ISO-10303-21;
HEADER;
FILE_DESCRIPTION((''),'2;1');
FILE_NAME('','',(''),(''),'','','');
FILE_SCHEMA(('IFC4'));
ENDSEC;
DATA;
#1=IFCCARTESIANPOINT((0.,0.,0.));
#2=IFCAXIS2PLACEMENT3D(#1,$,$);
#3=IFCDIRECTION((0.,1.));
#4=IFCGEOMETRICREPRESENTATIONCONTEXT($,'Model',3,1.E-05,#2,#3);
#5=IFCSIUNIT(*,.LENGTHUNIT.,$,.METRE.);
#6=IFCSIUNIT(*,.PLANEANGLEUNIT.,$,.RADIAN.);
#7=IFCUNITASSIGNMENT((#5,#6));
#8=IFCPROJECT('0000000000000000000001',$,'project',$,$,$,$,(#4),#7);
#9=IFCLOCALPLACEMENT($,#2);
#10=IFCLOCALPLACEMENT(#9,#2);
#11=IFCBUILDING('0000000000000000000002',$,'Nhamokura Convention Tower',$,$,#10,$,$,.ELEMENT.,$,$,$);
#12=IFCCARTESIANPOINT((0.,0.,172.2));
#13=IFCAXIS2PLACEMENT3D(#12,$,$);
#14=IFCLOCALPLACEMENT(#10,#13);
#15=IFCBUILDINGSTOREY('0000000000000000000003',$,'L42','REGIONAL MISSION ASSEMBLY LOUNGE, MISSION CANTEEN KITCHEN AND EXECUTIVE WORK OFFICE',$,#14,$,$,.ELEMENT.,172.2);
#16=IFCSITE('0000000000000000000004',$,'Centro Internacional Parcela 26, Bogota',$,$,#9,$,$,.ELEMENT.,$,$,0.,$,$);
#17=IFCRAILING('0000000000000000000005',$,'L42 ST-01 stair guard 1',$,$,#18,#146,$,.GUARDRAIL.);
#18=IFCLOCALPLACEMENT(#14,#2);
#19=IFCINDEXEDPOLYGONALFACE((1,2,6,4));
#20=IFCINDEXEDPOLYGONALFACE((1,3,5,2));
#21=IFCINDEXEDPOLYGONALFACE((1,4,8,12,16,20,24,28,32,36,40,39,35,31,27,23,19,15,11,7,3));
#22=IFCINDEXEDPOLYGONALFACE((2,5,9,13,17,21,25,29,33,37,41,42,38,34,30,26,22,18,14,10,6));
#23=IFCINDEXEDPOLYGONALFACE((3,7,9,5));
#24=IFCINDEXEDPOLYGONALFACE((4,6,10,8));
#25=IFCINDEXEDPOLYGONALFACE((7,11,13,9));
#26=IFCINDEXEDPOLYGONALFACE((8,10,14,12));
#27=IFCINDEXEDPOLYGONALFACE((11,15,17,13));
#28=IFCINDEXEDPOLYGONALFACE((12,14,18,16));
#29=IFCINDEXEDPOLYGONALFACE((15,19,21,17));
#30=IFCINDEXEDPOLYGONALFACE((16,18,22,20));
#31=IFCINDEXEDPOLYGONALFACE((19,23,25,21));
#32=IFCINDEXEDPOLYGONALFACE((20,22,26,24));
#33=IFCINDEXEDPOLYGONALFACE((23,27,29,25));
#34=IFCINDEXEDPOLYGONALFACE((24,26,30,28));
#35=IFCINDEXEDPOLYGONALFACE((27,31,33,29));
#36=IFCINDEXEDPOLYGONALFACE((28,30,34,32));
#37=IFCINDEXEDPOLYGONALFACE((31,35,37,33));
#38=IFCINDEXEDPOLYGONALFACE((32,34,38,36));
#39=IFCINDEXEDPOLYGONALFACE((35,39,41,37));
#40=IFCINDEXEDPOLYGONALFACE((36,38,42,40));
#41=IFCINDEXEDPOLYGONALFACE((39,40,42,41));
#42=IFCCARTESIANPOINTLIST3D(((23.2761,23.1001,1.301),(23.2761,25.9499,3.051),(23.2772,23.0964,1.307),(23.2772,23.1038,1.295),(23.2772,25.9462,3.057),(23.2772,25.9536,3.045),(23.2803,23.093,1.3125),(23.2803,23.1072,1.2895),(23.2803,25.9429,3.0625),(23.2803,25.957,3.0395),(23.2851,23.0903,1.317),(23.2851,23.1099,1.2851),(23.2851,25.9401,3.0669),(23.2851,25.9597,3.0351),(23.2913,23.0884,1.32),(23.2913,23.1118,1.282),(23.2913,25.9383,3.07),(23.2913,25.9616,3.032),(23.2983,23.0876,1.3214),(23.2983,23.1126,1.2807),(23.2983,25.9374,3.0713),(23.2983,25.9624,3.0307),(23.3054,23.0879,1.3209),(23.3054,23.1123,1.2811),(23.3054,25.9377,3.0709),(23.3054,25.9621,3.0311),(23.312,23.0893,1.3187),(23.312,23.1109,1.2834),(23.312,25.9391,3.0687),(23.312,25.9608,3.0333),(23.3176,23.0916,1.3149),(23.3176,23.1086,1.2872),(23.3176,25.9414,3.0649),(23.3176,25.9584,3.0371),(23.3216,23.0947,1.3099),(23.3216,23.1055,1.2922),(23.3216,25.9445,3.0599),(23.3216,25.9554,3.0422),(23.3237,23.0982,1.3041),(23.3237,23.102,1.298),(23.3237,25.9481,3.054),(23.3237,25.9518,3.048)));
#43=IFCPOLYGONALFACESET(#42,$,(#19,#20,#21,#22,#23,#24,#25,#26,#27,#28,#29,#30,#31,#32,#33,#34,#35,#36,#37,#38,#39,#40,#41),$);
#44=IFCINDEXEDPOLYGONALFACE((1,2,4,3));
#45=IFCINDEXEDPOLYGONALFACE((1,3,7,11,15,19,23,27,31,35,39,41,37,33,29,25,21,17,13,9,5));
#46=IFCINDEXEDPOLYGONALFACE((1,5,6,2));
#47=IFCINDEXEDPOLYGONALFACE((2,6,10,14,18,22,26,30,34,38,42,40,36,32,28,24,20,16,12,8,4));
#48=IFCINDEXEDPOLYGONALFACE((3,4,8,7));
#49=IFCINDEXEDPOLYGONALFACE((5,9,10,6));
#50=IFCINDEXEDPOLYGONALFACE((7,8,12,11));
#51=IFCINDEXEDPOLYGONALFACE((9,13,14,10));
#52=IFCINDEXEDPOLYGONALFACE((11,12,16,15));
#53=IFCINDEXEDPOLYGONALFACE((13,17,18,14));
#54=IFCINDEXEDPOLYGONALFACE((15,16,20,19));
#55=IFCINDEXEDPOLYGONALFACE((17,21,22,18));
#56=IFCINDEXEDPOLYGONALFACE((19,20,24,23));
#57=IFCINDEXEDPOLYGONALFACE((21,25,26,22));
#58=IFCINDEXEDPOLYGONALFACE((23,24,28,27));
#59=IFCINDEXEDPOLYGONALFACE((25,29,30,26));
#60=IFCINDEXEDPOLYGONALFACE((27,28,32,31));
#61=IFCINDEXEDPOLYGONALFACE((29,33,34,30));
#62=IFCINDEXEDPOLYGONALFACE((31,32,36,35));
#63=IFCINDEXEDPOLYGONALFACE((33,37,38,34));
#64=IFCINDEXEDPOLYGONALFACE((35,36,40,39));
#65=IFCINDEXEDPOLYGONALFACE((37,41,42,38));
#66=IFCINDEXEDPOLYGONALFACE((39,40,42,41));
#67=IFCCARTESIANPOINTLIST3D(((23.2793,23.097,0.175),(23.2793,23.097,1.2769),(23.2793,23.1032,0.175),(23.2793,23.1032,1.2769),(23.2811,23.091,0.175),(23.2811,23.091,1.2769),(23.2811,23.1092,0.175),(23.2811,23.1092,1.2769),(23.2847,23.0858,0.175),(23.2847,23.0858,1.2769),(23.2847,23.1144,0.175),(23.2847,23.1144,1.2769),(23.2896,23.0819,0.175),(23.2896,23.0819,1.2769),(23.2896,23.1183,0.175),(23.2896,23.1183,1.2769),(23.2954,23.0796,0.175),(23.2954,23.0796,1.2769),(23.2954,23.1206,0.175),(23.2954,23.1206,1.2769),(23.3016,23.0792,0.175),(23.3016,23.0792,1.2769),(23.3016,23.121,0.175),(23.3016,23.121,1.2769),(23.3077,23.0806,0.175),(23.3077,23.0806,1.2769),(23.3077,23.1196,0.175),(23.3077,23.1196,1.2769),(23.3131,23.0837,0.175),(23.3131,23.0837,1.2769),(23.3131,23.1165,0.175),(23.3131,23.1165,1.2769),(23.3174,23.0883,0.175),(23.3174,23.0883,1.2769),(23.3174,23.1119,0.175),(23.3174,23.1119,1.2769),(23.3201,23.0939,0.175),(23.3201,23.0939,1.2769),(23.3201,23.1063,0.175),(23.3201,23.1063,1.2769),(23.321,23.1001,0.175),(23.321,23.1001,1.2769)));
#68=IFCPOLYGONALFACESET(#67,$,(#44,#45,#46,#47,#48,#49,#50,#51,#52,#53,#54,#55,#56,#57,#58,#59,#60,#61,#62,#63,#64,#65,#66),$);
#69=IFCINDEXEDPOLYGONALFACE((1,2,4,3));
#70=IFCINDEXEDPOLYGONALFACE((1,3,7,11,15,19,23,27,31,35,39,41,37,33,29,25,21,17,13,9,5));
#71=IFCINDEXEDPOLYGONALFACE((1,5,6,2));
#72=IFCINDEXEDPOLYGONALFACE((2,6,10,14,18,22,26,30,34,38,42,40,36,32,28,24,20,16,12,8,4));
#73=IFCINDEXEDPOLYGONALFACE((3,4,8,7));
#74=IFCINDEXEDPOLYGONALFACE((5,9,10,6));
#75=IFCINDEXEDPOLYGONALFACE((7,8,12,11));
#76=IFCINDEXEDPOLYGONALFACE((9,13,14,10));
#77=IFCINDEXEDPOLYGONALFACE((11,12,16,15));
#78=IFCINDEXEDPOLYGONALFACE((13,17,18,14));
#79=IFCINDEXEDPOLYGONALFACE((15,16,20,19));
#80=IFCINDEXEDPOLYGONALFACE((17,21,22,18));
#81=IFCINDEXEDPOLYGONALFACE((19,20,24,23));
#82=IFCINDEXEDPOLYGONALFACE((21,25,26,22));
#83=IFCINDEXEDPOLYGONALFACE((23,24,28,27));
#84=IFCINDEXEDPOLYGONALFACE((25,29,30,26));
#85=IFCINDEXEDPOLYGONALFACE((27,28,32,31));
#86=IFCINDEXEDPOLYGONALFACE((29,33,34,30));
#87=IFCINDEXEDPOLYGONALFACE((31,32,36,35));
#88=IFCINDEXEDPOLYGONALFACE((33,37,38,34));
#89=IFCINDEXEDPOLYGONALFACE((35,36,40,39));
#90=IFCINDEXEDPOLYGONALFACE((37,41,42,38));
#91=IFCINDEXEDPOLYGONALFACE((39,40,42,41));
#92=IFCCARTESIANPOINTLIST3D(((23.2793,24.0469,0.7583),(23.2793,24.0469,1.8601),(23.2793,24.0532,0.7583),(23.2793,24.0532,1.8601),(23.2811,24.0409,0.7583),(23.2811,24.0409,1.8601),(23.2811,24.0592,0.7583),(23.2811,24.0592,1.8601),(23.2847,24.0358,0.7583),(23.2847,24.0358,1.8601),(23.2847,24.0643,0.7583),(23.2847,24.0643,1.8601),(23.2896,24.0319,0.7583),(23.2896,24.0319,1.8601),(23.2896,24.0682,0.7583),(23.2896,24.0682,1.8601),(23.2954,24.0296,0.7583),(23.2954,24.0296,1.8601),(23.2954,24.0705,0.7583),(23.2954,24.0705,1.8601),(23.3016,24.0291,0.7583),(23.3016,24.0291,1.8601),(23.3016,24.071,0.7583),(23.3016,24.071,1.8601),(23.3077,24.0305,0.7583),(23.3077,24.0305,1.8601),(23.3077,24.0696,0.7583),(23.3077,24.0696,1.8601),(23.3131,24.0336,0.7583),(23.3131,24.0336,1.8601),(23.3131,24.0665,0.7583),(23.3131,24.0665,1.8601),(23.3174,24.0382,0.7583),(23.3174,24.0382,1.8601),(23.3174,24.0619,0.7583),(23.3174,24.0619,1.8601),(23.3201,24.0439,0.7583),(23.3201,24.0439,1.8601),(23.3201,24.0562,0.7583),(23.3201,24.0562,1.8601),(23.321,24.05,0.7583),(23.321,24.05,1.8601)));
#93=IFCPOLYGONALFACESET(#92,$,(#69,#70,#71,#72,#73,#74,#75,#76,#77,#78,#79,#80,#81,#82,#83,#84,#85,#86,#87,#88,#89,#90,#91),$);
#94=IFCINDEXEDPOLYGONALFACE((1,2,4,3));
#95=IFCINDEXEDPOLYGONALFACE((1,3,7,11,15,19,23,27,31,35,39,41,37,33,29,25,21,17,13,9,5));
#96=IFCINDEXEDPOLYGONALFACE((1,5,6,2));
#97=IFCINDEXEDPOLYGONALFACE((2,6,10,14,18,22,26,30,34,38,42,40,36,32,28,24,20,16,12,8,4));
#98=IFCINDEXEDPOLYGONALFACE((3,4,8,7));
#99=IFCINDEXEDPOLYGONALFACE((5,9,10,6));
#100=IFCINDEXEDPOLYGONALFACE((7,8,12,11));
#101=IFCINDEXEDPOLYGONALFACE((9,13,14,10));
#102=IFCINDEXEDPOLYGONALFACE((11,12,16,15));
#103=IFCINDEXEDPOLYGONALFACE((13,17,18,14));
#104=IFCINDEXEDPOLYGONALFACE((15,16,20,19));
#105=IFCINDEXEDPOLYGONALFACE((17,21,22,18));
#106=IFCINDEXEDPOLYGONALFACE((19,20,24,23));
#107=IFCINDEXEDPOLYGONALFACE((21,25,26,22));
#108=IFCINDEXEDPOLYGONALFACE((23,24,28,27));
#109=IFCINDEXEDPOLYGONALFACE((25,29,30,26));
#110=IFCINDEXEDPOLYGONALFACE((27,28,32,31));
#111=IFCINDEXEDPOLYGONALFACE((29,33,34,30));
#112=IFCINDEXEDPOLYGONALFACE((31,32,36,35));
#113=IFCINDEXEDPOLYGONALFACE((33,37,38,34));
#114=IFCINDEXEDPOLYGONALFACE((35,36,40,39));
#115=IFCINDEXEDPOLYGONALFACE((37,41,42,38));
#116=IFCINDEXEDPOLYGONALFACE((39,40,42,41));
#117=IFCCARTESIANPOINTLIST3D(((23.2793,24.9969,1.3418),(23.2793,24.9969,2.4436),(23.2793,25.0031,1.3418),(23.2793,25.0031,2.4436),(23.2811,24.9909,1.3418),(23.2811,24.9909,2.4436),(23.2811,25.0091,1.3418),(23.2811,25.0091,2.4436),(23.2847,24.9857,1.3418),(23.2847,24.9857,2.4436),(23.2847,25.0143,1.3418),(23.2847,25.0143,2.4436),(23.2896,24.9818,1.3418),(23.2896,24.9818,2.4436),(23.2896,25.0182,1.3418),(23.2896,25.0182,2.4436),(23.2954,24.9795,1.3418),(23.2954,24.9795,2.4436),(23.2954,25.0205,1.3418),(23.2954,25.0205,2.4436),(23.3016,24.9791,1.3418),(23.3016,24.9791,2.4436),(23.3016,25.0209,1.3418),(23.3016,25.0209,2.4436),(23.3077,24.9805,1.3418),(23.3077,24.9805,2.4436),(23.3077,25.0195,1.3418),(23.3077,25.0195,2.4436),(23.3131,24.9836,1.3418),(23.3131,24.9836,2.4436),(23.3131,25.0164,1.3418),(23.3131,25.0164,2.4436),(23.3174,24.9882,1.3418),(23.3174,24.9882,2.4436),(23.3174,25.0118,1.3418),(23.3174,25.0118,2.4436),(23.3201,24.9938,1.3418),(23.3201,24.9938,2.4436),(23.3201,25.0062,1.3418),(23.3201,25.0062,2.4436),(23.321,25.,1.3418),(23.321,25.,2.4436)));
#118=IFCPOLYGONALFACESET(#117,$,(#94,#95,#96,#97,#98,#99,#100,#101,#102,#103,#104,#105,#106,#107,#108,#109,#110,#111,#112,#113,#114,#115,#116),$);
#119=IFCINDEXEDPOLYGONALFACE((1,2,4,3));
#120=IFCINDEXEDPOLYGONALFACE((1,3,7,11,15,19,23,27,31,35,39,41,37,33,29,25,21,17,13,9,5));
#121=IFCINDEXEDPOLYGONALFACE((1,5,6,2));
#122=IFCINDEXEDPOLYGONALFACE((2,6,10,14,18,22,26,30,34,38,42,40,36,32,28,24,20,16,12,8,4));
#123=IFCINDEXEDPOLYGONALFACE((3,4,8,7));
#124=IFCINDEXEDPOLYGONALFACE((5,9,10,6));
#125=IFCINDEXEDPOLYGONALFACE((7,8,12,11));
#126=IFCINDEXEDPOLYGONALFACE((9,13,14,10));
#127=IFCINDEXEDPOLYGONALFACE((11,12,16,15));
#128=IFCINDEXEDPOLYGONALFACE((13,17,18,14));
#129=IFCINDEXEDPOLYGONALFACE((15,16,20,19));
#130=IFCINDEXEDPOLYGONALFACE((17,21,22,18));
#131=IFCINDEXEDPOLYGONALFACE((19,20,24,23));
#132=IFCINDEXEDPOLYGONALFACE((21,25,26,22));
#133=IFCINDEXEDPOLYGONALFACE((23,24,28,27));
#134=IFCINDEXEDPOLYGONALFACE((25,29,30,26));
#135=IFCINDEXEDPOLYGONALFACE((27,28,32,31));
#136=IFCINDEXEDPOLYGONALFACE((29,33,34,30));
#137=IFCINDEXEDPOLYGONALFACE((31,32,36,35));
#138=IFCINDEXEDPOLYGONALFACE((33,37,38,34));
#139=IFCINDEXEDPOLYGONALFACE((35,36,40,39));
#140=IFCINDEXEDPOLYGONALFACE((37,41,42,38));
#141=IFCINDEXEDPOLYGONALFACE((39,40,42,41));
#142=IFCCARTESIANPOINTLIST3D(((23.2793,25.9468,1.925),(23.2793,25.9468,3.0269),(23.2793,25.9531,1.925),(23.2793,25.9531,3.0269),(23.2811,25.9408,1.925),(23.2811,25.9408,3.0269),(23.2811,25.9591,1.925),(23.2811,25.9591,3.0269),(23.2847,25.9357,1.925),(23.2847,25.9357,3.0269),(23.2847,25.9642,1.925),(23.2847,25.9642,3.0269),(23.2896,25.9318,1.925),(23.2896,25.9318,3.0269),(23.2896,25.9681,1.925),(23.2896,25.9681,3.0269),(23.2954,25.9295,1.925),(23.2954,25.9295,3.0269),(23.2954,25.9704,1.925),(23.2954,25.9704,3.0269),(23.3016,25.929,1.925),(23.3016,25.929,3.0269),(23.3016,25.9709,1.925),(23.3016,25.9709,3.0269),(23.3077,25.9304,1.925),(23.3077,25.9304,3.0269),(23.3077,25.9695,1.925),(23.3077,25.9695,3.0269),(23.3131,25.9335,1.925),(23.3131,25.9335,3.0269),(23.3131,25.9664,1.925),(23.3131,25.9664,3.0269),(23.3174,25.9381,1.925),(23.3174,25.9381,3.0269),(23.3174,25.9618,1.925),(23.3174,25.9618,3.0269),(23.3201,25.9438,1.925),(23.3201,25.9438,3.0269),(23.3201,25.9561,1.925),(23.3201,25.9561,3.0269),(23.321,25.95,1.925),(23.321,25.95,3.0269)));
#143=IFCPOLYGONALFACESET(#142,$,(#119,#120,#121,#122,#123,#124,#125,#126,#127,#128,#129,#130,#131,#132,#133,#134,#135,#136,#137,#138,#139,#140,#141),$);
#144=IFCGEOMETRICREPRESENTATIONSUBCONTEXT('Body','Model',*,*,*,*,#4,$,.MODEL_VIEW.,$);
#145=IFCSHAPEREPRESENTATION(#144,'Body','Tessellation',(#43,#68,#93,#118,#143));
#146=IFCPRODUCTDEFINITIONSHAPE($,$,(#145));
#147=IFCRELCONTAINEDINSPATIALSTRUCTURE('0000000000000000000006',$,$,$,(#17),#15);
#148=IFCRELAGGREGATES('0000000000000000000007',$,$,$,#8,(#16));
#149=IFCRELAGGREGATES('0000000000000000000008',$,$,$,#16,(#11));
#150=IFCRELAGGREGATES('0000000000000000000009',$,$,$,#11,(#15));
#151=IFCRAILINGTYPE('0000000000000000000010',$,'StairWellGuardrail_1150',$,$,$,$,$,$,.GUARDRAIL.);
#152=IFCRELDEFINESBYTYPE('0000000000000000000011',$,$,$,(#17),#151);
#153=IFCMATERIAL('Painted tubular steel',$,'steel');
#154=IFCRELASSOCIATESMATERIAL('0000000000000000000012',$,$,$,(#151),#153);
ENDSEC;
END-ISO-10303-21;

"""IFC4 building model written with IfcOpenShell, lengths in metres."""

from ifc_helpers import new_model, si_unit, direction, frame, origin, origin_2d, place, context, subcontext, project, spatial, circle, extrude, material, type_object, element, save


model = new_model("IFC4")

# Units and contexts
model_context = context("Model", 3, precision=1e-05, world=origin(), true_north=direction((0.0, 1.0)))
body_context = subcontext(model_context, "Body", "Model", "MODEL_VIEW")
ifc_project = project(units=[si_unit("LENGTHUNIT", "METRE"), si_unit("PLANEANGLEUNIT", "RADIAN")], contexts=[model_context])

# Site, building, storey
site_placement = place(None, origin())
site = spatial("IfcSite", under=ifc_project, at=site_placement, Name="Centro Internacional Parcela 26, Bogota", CompositionType="ELEMENT", RefElevation=0.0)
building_placement = place(site_placement, origin())
building = spatial("IfcBuilding", under=site, at=building_placement, Name="Nhamokura Convention Tower", CompositionType="ELEMENT")
storey_placement = place(building_placement, frame((0.0, 0.0, 172.2)))
storey = spatial("IfcBuildingStorey", under=building, at=storey_placement, Name="L42", Description="REGIONAL MISSION ASSEMBLY LOUNGE, MISSION CANTEEN KITCHEN AND EXECUTIVE WORK OFFICE", CompositionType="ELEMENT", Elevation=172.2)

# Railing
ifc_material_1 = material(Name="Painted tubular steel", Category="steel")
railing_type_1 = type_object("IfcRailingType", Name="StairWellGuardrail_1150", PredefinedType="GUARDRAIL", material=ifc_material_1)
railing_1_placement = place(storey_placement, frame((23.3, 23.1001, 0.175)))
element("IfcRailing", 1, at=railing_1_placement, inside=storey, type_object=railing_type_1, Name="L42 ST-01 stair guard 1", PredefinedType="GUARDRAIL", context=body_context, shape_type="SweptSolid", body=[
    extrude(circle(Radius=0.0239, at=origin_2d()), frame((0.0, 0.0, 1.126), z_axis=(0.0, 0.852159, 0.523283), x_axis=(-1.0, 0.0, 0.0)), (0.0, 0.0, 1.0), 3.3442),
    extrude(circle(Radius=0.021, at=origin_2d()), origin(), (0.0, 0.0, 1.0), 1.1018),
    extrude(circle(Radius=0.021, at=origin_2d()), frame((0.0, 0.95, 0.5833)), (0.0, 0.0, 1.0), 1.1018),
    extrude(circle(Radius=0.021, at=origin_2d()), frame((0.0, 1.8999, 1.1667)), (0.0, 0.0, 1.0), 1.1018),
    extrude(circle(Radius=0.021, at=origin_2d()), frame((0.0, 2.8499, 1.75)), (0.0, 0.0, 1.0), 1.1018),
])

save(model, "model.ifc")
